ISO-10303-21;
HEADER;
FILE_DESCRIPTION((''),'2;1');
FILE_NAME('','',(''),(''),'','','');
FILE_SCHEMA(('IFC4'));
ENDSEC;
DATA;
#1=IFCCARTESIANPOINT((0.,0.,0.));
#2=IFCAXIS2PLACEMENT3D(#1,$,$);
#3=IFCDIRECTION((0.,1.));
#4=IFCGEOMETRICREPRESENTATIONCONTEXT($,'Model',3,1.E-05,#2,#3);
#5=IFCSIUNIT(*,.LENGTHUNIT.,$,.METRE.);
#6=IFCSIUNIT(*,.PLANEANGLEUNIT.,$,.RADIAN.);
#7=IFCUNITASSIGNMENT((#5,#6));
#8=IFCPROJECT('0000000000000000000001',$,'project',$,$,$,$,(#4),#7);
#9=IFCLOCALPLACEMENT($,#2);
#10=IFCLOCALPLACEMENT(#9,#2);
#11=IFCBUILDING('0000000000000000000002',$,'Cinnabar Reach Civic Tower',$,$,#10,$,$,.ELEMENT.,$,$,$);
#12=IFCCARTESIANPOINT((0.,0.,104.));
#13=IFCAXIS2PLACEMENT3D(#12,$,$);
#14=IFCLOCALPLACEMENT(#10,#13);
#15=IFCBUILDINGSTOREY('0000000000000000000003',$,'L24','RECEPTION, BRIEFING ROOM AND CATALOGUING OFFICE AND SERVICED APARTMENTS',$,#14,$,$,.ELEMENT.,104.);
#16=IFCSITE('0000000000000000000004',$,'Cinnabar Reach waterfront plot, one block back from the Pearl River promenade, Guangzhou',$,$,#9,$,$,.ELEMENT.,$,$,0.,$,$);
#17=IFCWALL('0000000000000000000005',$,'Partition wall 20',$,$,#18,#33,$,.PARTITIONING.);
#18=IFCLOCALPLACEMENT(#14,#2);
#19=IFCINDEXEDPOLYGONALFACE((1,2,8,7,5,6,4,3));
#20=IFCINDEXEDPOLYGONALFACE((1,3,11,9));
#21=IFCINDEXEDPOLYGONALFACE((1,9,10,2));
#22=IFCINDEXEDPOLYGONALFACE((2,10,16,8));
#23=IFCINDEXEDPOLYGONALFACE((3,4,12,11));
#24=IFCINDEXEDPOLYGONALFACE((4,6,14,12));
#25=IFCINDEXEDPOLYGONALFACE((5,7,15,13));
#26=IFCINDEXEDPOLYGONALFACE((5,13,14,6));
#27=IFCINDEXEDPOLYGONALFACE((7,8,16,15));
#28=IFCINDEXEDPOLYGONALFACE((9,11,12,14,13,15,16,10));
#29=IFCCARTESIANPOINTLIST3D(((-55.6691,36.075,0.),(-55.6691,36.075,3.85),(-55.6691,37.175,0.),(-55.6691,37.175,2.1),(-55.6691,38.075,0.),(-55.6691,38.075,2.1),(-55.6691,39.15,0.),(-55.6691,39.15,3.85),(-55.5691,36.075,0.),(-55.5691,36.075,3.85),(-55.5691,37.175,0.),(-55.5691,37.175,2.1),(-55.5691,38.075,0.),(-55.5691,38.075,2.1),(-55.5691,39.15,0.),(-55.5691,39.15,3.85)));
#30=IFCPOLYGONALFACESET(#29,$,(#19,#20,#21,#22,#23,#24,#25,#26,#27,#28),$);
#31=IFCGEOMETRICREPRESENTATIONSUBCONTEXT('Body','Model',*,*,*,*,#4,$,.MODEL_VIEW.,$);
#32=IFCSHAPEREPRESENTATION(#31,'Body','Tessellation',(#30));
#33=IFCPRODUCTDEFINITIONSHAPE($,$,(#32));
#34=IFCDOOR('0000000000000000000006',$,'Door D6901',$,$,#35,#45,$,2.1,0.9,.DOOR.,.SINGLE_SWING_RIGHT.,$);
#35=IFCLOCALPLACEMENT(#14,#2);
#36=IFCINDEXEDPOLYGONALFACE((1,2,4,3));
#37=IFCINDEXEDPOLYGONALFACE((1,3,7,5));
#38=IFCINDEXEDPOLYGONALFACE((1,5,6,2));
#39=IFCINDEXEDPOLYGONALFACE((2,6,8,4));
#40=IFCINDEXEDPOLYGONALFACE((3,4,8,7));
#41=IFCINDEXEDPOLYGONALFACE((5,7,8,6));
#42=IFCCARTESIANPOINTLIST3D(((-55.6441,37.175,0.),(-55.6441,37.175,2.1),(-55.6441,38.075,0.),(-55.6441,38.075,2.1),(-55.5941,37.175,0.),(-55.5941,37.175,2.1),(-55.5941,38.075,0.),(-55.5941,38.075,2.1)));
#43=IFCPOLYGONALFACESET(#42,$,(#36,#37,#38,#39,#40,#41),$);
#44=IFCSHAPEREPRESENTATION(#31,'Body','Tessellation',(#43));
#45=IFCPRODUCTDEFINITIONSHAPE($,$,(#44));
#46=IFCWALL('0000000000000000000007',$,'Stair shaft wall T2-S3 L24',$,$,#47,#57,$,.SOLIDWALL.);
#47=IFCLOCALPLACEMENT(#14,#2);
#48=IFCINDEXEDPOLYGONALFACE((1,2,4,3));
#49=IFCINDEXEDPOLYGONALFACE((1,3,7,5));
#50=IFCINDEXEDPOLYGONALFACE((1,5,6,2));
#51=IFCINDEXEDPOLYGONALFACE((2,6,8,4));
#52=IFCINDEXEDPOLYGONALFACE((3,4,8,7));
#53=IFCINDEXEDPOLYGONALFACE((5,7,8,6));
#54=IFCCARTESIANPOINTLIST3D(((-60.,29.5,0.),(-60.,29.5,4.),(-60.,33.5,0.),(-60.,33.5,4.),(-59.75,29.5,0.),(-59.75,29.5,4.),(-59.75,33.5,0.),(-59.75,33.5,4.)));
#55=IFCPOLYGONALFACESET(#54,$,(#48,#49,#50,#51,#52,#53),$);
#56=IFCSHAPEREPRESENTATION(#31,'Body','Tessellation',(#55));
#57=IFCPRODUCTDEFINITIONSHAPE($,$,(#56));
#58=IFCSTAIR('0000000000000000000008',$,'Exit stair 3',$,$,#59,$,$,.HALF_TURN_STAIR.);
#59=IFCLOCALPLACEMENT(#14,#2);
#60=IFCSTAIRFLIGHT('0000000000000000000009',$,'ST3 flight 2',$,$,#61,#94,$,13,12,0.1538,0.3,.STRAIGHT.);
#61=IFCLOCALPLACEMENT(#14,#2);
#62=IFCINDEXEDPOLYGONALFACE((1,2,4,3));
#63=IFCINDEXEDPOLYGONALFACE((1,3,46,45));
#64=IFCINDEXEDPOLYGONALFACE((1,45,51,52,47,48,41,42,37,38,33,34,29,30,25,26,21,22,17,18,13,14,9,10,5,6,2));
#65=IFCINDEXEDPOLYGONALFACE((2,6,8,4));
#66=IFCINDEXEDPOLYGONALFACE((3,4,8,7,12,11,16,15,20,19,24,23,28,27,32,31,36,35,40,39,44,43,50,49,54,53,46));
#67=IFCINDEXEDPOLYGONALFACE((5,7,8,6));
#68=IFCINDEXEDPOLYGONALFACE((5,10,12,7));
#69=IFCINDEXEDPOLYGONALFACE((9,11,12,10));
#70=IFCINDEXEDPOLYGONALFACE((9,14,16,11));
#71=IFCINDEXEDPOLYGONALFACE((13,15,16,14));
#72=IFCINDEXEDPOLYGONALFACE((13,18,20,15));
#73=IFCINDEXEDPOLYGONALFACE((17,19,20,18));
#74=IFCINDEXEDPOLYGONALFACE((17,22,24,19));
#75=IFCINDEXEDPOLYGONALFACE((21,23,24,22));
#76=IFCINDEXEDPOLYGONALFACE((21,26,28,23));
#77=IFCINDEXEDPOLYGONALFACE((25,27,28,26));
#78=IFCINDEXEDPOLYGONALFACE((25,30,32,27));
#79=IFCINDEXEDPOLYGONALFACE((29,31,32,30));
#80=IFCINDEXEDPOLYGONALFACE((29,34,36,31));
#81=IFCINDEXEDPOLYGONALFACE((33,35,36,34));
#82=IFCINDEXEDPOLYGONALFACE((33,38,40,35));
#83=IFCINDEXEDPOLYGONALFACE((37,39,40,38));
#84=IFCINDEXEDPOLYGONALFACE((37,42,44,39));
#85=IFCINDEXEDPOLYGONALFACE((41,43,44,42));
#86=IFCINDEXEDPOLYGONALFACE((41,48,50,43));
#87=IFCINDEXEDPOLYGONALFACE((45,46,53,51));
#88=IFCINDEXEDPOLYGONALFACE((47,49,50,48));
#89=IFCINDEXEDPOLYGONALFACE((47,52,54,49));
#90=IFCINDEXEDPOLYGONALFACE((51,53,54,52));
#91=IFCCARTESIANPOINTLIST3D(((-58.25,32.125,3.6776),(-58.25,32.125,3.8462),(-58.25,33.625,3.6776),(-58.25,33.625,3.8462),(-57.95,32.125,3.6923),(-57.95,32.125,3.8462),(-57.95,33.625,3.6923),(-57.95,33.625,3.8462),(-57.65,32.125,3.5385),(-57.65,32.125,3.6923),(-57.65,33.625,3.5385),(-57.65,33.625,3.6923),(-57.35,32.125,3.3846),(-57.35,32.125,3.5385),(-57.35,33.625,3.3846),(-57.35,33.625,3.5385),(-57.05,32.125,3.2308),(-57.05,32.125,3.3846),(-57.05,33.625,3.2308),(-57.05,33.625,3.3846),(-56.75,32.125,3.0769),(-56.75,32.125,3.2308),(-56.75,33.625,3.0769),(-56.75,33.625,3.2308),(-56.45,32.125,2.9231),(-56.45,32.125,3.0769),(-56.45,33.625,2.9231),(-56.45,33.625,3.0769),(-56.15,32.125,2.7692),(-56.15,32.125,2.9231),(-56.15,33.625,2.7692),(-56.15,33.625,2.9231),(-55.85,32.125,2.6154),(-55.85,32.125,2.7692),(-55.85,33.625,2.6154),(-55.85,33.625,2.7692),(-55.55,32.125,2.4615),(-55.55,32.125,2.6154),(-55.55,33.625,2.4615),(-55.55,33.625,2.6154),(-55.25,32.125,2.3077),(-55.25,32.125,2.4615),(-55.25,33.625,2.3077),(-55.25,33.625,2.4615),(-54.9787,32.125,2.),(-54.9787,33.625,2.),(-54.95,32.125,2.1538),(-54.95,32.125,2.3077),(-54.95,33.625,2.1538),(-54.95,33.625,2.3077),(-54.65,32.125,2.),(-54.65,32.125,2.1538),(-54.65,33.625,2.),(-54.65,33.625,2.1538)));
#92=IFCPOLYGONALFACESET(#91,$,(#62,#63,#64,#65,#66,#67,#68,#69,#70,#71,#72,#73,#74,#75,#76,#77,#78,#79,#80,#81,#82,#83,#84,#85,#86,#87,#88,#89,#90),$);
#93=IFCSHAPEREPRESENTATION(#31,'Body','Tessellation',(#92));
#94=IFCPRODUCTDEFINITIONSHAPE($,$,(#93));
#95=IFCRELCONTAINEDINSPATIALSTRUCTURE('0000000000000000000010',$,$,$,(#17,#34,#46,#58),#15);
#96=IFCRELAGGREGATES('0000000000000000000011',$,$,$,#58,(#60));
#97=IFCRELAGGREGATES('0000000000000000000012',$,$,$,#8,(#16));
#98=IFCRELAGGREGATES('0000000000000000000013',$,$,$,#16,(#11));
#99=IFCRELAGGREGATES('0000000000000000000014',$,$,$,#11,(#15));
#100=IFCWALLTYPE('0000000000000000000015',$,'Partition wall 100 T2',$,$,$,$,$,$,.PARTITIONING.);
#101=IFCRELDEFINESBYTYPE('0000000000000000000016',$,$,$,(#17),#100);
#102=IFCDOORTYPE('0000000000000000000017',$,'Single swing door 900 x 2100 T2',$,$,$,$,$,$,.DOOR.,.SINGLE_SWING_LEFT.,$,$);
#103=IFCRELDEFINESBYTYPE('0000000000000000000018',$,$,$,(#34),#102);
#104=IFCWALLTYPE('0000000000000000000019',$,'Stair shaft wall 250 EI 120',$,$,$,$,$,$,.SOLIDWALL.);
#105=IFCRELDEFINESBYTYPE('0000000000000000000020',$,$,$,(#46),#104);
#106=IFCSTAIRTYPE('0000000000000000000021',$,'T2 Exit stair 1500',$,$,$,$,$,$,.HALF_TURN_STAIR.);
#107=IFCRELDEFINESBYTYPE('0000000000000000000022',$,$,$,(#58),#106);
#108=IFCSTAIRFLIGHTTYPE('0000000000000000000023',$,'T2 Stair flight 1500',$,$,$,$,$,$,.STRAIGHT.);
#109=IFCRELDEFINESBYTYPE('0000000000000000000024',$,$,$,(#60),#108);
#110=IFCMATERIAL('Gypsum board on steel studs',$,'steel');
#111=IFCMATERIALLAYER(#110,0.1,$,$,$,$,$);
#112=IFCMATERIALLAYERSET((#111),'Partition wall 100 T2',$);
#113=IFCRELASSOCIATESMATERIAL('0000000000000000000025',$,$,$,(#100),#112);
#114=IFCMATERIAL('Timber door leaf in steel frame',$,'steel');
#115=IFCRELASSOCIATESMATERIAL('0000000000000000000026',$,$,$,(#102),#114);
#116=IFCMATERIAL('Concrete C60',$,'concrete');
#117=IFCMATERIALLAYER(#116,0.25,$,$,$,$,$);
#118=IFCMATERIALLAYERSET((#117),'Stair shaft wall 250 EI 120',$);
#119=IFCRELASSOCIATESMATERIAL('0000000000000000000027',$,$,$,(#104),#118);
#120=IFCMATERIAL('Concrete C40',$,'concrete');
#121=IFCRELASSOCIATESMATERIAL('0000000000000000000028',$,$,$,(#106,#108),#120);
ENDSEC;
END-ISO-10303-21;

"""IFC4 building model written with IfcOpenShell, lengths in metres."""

from ifc_helpers import new_model, si_unit, direction, frame, frame_2d, origin, place, context, subcontext, project, spatial, polyline, rectangle, outline, extrude, material, layer, layer_set, type_object, element, fill, aggregate, save


model = new_model("IFC4")

# Units and contexts
model_context = context("Model", 3, precision=1e-05, world=origin(), true_north=direction((0.0, 1.0)))
body_context = subcontext(model_context, "Body", "Model", "MODEL_VIEW")
ifc_project = project(units=[si_unit("LENGTHUNIT", "METRE"), si_unit("PLANEANGLEUNIT", "RADIAN")], contexts=[model_context])

# Site, building, storey
site_placement = place(None, origin())
site = spatial("IfcSite", under=ifc_project, at=site_placement, Name="Cinnabar Reach waterfront plot, one block back from the Pearl River promenade, Guangzhou", CompositionType="ELEMENT", RefElevation=0.0)
building_placement = place(site_placement, origin())
building = spatial("IfcBuilding", under=site, at=building_placement, Name="Cinnabar Reach Civic Tower", CompositionType="ELEMENT")
storey_placement = place(building_placement, frame((0.0, 0.0, 104.0)))
storey = spatial("IfcBuildingStorey", under=building, at=storey_placement, Name="L24", Description="RECEPTION, BRIEFING ROOM AND CATALOGUING OFFICE AND SERVICED APARTMENTS", CompositionType="ELEMENT", Elevation=104.0)

# Shared definitions
ifc_material_1 = material(Name="Concrete C60", Category="concrete")

# Wall, opening, door
ifc_material_2 = material(Name="Gypsum board on steel studs", Category="steel")
ifc_layer_1 = layer(ifc_material_2, 0.1)
ifc_layer_set_1 = layer_set([ifc_layer_1], Name="Partition wall 100 T2")
wall_type_1 = type_object("IfcWallType", Name="Partition wall 100 T2", PredefinedType="PARTITIONING", material=ifc_layer_set_1)
wall_1_placement = place(storey_placement, frame((-55.6191, 36.075, 0.0), z_axis=(0.0, 0.0, 1.0), x_axis=(0.0, 1.0, 0.0)))
wall_1 = element("IfcWall", 1, at=wall_1_placement, inside=storey, type_object=wall_type_1, Name="Partition wall 20", PredefinedType="PARTITIONING", context=body_context, shape_type="SweptSolid", body=[
    extrude(rectangle(XDim=3.075, YDim=0.1, at=frame_2d((1.5375, 0.0))), origin(), (0.0, 0.0, 1.0), 3.85),
])
opening_placement = place(wall_1_placement, frame((1.1, 0.0, 0.0)))
opening = element("IfcOpeningElement", 2, at=opening_placement, cuts=wall_1, PredefinedType="OPENING", context=body_context, shape_type="SweptSolid", body=[
    extrude(rectangle(XDim=0.9, YDim=2.1, at=frame_2d((0.45, 1.05))), frame((0.0, 0.06, 0.0), z_axis=(0.0, -1.0, 0.0), x_axis=(1.0, 0.0, 0.0)), (0.0, 0.0, 1.0), 0.12),
])
ifc_material_3 = material(Name="Timber door leaf in steel frame", Category="steel")
door_type = type_object("IfcDoorType", Name="Single swing door 900 x 2100 T2", OperationType="SINGLE_SWING_LEFT", PredefinedType="DOOR", material=ifc_material_3)
door_placement = place(opening_placement, origin())
door = element("IfcDoor", 3, at=door_placement, inside=storey, type_object=door_type, Name="Door D6901", OperationType="SINGLE_SWING_RIGHT", OverallHeight=2.1, OverallWidth=0.9, PredefinedType="DOOR", context=body_context, shape_type="SweptSolid", body=[
    extrude(rectangle(XDim=0.9, YDim=2.1, at=frame_2d((0.45, 1.05))), frame((0.0, 0.025, 0.0), z_axis=(0.0, -1.0, 0.0), x_axis=(1.0, 0.0, 0.0)), (0.0, 0.0, 1.0), 0.05),
])
fill(opening, door)

# Wall
ifc_layer_2 = layer(ifc_material_1, 0.25)
ifc_layer_set_2 = layer_set([ifc_layer_2], Name="Stair shaft wall 250 EI 120")
wall_type_2 = type_object("IfcWallType", Name="Stair shaft wall 250 EI 120", PredefinedType="SOLIDWALL", material=ifc_layer_set_2)
wall_2_placement = place(storey_placement, frame((-59.875, 33.5, 0.0), z_axis=(0.0, 0.0, 1.0), x_axis=(0.0, -1.0, 0.0)))
element("IfcWall", 4, at=wall_2_placement, inside=storey, type_object=wall_type_2, Name="Stair shaft wall T2-S3 L24", PredefinedType="SOLIDWALL", context=body_context, shape_type="SweptSolid", body=[
    extrude(rectangle(XDim=4.0, YDim=0.25, at=frame_2d((2.0, 0.0))), origin(), (0.0, 0.0, 1.0), 4.0),
])

# Stair, stair flight
ifc_material_4 = material(Name="Concrete C40", Category="concrete")
stair_type = type_object("IfcStairType", Name="T2 Exit stair 1500", PredefinedType="HALF_TURN_STAIR", material=ifc_material_4)
stair_placement = place(storey_placement, origin())
stair = element("IfcStair", 5, at=stair_placement, inside=storey, type_object=stair_type, Name="Exit stair 3", PredefinedType="HALF_TURN_STAIR")
stair_flight_type = type_object("IfcStairFlightType", Name="T2 Stair flight 1500", PredefinedType="STRAIGHT", material=ifc_material_4)
stair_flight_placement = place(storey_placement, frame((-54.65, 32.875, 2.0), z_axis=(0.0, 0.0, 1.0), x_axis=(-1.0, 0.0, 0.0)))
stair_flight = element("IfcStairFlight", 6, at=stair_flight_placement, type_object=stair_flight_type, Name="ST3 flight 2", NumberOfRisers=13, NumberOfTreads=12, PredefinedType="STRAIGHT", RiserHeight=0.1538, TreadLength=0.3, context=body_context, shape_type="SweptSolid", body=[
    extrude(outline(polyline([(0.0, 0.0), (0.0, 0.1538), (0.3, 0.1538), (0.3, 0.3077), (0.6, 0.3077), (0.6, 0.4615), (0.9, 0.4615), (0.9, 0.6154), (1.2, 0.6154), (1.2, 0.7692), (1.5, 0.7692), (1.5, 0.9231), (1.8, 0.9231), (1.8, 1.0769), (2.1, 1.0769), (2.1, 1.2308), (2.4, 1.2308), (2.4, 1.3846), (2.7, 1.3846), (2.7, 1.5385), (3.0, 1.5385), (3.0, 1.6923), (3.3, 1.6923), (3.3, 1.8462), (3.6, 1.8462), (3.6, 2.0), (3.6, 1.6776), (0.3287, 0.0), (0.0, 0.0)])), frame((0.0, 0.75, 0.0), z_axis=(0.0, -1.0, 0.0), x_axis=(1.0, 0.0, 0.0)), (0.0, 0.0, 1.0), 1.5),
])
aggregate(stair, [stair_flight])

save(model, "model.ifc")
